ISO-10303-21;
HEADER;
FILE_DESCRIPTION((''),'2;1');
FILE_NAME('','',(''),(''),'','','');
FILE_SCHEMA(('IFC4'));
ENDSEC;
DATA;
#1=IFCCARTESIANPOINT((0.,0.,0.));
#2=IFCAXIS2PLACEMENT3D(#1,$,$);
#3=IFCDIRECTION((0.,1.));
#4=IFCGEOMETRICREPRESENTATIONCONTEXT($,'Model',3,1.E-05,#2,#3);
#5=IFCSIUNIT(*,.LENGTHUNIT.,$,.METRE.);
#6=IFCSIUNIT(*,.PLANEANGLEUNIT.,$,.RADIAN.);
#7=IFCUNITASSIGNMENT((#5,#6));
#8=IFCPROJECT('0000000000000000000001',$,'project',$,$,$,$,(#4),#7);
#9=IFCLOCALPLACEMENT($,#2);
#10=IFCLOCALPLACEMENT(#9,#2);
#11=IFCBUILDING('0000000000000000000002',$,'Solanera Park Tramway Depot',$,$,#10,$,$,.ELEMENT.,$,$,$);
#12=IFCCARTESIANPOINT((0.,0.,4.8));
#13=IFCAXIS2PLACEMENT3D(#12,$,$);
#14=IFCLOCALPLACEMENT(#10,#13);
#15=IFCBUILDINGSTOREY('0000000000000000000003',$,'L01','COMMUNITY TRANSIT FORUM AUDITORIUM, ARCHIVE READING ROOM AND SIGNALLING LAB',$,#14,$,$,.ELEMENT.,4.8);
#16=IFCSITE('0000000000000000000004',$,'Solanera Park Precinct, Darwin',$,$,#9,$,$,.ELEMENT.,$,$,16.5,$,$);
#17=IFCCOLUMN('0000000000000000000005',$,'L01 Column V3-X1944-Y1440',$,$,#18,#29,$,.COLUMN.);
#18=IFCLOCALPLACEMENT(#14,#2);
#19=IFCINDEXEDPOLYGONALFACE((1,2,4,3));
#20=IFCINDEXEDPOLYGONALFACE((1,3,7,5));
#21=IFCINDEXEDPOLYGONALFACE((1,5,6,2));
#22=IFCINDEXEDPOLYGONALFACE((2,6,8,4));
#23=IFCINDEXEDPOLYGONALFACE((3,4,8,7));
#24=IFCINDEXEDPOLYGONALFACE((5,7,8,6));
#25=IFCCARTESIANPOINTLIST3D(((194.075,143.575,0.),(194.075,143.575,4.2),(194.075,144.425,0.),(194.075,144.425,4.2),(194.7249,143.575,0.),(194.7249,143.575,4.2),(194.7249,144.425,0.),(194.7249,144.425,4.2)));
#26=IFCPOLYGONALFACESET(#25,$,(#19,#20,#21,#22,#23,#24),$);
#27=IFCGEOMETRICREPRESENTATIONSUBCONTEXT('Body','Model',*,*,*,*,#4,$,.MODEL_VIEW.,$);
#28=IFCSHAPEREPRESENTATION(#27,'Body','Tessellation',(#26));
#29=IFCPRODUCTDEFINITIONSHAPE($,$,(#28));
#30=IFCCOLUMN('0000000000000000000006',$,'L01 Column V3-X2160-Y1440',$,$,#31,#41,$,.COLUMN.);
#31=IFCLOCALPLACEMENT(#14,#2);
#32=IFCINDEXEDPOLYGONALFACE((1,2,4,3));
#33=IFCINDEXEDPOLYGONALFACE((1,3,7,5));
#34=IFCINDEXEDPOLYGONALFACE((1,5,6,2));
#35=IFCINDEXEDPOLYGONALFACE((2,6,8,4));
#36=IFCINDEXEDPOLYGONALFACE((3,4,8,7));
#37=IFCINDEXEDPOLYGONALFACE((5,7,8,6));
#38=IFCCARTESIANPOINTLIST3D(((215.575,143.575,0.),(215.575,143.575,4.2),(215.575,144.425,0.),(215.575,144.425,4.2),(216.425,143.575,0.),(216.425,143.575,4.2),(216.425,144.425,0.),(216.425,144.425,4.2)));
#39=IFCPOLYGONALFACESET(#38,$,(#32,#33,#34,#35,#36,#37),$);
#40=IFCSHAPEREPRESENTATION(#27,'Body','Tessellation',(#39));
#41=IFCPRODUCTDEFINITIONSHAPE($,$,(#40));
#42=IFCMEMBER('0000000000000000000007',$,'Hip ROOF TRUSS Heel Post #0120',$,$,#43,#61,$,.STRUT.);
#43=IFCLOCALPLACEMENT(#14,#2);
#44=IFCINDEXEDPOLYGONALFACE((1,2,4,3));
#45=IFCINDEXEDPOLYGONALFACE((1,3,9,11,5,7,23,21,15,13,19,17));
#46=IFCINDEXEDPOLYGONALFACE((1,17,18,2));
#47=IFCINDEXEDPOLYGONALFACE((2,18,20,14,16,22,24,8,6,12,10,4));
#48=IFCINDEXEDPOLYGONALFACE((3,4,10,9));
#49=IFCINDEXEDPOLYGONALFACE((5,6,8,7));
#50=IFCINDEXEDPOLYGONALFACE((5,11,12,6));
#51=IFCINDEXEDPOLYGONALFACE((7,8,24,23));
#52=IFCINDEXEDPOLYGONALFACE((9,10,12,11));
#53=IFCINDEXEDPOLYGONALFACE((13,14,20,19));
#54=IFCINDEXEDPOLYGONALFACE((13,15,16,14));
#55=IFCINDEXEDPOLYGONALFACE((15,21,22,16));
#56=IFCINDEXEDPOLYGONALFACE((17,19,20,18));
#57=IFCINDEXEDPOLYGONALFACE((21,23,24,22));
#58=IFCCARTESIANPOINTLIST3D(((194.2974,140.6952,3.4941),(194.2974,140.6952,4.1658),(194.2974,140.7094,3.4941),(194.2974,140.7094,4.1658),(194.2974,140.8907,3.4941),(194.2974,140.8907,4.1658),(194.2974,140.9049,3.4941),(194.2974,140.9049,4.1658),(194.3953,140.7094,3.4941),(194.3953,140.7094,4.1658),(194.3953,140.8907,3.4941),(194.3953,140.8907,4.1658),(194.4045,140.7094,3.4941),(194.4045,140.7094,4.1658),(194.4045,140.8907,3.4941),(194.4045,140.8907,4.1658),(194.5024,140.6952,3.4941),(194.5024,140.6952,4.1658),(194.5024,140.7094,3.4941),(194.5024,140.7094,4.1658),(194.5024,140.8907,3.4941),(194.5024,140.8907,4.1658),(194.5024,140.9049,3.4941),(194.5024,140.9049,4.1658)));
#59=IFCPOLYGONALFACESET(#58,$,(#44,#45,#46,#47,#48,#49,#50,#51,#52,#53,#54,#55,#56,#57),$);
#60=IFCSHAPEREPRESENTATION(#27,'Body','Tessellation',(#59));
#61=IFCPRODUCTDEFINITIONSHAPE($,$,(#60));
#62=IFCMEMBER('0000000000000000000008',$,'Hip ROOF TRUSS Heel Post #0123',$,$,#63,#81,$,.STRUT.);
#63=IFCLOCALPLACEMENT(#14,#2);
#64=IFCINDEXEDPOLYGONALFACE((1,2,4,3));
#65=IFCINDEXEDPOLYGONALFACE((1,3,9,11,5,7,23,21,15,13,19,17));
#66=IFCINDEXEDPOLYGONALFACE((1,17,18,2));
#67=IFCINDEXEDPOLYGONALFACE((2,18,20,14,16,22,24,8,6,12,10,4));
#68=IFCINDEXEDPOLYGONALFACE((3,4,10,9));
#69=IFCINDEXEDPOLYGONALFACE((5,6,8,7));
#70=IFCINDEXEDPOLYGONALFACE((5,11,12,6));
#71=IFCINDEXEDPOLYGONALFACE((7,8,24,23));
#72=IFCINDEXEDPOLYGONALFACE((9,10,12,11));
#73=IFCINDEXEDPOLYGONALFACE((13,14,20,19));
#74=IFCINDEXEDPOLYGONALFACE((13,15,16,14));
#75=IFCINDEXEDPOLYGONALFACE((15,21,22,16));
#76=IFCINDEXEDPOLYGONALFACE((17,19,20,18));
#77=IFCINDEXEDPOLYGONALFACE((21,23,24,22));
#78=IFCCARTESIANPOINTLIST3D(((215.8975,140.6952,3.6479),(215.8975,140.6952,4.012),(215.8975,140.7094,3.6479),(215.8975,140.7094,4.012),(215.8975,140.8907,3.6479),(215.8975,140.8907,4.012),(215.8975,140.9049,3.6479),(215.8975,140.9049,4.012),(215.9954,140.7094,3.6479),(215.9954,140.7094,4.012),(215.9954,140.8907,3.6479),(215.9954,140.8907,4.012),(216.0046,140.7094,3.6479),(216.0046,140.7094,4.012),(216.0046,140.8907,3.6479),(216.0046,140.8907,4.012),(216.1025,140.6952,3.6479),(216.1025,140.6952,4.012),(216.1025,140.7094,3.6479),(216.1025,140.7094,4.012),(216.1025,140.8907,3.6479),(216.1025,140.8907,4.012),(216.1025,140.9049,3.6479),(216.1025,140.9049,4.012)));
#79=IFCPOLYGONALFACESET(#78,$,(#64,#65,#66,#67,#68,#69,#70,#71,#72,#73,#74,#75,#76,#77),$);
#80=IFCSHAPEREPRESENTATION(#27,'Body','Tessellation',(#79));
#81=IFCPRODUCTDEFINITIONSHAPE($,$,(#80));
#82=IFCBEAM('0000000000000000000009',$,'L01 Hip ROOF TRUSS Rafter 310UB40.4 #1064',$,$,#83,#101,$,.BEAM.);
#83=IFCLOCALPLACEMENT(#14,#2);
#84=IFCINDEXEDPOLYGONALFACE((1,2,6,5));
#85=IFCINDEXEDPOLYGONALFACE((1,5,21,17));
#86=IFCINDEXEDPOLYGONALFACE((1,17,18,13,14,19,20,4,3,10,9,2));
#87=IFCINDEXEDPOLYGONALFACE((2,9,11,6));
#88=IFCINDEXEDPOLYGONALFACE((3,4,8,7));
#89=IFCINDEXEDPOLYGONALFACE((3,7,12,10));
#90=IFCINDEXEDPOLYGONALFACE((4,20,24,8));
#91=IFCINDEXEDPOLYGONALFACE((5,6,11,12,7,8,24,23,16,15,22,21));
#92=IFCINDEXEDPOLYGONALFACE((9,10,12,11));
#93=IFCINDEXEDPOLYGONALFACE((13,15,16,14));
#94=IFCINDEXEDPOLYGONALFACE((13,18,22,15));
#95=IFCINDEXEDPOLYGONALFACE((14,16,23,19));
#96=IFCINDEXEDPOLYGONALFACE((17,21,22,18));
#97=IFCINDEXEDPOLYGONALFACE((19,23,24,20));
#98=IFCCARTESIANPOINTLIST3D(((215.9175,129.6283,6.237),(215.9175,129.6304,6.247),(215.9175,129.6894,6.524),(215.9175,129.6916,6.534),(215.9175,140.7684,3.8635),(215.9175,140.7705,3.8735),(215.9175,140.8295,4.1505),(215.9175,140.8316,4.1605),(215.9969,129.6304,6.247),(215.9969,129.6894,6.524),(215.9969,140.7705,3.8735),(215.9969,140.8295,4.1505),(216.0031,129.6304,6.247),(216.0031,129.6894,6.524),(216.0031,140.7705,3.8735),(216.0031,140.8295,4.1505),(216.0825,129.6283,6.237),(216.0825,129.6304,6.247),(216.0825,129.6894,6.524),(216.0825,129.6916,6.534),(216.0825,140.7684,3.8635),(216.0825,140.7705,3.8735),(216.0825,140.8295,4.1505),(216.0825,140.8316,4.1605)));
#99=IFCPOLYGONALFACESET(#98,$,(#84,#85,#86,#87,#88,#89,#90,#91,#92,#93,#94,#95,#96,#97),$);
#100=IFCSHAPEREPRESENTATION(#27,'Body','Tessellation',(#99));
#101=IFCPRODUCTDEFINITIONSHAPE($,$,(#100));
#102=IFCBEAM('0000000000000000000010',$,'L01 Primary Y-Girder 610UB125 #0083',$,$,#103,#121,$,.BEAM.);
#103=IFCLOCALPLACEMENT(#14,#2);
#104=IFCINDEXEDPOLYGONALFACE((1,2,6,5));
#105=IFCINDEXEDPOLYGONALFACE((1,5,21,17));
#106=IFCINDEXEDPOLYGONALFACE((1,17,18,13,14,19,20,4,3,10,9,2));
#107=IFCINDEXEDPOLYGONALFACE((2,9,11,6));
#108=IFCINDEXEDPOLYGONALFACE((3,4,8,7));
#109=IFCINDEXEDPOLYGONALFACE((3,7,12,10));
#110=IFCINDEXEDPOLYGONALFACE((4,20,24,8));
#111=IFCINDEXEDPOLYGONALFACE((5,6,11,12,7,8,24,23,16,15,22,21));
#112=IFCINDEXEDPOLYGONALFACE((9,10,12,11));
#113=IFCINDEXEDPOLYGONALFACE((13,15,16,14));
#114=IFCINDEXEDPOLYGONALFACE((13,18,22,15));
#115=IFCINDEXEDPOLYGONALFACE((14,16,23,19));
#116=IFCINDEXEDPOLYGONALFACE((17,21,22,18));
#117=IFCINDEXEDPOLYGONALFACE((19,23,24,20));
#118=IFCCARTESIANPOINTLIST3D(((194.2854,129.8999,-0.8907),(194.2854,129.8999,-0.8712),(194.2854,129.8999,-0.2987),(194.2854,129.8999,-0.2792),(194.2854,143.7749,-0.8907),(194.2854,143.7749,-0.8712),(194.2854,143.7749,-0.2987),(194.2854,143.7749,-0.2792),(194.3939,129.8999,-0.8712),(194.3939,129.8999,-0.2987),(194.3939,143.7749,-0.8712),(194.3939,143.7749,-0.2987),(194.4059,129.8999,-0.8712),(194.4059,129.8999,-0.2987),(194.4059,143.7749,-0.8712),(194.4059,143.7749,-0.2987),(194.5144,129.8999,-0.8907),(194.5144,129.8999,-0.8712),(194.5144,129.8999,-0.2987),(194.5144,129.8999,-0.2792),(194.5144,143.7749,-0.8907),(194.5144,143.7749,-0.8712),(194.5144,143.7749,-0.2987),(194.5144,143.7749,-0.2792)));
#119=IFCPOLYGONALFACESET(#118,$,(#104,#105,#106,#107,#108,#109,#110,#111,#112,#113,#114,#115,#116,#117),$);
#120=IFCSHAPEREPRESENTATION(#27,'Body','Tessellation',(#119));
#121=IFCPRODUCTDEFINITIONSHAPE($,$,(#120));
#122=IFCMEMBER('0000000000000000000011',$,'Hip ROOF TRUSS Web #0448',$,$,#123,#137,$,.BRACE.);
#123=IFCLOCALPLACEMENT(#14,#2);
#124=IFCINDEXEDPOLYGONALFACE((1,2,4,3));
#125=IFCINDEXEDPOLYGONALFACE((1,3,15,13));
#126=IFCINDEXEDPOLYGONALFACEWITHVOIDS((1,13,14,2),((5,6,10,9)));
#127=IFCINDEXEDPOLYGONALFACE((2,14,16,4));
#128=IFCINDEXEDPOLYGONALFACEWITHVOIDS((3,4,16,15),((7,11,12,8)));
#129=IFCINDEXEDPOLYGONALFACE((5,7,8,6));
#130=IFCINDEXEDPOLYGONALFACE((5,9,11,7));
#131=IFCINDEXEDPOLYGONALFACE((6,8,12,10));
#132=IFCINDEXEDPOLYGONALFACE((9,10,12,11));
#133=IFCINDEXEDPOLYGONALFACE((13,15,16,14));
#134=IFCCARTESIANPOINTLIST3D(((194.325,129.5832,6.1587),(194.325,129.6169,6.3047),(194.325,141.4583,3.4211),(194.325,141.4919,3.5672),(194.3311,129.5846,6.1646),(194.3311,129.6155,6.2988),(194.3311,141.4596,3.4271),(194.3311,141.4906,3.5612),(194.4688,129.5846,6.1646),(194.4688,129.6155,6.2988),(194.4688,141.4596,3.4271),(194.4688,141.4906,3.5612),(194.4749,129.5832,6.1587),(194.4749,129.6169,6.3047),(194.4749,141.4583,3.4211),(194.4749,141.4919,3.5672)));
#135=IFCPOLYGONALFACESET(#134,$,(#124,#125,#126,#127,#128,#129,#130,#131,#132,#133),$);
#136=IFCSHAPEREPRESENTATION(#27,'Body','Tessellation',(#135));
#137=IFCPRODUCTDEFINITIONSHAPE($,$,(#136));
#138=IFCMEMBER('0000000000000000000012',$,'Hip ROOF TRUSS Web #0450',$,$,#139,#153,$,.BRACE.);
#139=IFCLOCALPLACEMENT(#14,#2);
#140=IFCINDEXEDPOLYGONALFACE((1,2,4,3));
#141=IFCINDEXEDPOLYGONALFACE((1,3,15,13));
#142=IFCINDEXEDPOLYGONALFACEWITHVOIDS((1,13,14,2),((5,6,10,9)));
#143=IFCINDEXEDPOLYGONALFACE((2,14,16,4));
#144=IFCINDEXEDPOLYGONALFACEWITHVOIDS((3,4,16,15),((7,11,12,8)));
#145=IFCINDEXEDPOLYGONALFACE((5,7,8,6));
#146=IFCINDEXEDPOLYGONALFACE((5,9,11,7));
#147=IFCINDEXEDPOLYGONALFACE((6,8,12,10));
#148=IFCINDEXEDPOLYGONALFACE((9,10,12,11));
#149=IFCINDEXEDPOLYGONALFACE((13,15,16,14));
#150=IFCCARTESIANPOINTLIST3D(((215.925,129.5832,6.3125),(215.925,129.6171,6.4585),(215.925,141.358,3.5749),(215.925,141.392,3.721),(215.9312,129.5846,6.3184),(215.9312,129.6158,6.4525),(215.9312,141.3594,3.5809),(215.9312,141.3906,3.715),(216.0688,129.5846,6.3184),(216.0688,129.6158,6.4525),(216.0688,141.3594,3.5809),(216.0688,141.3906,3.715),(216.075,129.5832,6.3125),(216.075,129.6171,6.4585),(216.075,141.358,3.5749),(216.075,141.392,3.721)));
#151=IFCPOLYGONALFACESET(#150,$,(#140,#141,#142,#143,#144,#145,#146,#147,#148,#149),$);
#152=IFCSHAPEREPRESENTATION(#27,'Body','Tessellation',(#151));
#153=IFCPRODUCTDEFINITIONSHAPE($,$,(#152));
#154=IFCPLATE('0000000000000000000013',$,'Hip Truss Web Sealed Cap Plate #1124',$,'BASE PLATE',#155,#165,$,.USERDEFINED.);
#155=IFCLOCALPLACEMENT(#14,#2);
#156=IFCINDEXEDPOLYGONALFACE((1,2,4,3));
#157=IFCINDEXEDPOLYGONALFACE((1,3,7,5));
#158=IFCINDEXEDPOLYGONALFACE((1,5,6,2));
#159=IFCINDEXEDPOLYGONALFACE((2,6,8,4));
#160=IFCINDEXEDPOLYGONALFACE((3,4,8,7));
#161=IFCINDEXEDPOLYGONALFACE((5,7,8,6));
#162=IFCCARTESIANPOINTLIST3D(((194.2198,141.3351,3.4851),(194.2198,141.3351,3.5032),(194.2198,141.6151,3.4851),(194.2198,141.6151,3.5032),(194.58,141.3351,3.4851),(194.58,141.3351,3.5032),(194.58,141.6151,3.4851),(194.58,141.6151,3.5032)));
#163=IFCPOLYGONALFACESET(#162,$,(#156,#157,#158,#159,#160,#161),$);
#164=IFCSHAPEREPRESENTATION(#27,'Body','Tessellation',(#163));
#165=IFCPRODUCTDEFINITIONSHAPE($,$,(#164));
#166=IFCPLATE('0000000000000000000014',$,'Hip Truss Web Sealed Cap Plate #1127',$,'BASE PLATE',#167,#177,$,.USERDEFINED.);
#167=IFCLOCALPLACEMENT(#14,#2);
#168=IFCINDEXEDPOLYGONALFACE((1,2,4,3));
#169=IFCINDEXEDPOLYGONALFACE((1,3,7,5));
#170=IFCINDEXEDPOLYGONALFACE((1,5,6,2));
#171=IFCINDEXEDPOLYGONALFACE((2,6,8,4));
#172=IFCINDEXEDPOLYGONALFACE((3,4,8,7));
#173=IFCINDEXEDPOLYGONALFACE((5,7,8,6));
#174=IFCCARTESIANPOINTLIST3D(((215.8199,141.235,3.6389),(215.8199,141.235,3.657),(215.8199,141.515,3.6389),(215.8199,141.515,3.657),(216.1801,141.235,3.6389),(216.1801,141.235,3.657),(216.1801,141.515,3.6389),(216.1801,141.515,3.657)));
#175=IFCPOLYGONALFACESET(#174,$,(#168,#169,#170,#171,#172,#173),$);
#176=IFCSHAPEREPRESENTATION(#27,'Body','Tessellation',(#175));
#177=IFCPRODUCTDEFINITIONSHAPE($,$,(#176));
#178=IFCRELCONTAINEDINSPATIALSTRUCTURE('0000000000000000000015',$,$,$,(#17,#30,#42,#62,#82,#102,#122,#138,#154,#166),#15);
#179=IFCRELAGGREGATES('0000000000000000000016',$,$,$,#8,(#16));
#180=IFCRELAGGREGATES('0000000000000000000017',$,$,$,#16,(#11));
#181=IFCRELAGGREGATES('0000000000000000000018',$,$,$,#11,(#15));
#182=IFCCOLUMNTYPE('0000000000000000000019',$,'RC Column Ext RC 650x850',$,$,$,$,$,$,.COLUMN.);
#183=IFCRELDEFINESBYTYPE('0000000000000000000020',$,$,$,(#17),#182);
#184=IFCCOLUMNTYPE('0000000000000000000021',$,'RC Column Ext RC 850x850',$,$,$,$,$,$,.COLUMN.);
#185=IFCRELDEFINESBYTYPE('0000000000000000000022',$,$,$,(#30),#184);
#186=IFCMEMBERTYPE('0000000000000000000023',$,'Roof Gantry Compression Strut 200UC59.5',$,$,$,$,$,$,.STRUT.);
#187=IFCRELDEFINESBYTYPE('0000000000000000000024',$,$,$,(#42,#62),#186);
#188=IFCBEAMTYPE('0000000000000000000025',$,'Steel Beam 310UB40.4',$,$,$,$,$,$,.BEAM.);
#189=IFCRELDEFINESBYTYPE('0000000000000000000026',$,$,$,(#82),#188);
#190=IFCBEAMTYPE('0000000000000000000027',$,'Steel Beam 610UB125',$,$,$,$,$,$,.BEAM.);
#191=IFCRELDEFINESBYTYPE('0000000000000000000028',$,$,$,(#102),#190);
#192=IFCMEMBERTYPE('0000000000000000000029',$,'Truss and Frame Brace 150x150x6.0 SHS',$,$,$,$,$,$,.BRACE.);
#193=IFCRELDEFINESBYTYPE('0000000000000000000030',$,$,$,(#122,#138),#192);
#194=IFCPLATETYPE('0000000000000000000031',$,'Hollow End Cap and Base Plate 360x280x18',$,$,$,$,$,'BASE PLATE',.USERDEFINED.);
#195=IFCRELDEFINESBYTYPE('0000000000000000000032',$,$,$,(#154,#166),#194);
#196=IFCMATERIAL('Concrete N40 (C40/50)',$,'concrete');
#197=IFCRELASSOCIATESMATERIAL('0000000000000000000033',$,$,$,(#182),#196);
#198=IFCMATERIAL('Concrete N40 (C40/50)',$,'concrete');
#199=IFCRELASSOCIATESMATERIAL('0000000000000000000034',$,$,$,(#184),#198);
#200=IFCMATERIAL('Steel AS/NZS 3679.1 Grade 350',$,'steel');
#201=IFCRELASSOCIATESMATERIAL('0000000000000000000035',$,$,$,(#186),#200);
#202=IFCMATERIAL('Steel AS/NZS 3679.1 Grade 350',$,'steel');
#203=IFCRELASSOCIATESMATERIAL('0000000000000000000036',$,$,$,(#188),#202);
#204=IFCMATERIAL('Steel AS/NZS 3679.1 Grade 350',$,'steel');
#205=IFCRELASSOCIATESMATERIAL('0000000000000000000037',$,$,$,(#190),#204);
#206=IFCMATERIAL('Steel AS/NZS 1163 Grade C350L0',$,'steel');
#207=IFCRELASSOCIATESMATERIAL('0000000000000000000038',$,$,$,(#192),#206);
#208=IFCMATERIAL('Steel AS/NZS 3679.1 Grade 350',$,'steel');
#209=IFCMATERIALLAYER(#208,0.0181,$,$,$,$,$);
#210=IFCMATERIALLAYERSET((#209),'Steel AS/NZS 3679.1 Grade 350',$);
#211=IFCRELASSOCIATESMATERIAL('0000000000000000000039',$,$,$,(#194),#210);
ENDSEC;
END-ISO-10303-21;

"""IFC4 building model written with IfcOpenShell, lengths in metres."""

from ifc_helpers import new_model, si_unit, direction, frame, origin, origin_2d, place, context, subcontext, project, spatial, rectangle, hollow_rectangle, i_section, extrude, material, layer, layer_set, material_profile, profile_set, type_object, element, save


model = new_model("IFC4")

# Units and contexts
model_context = context("Model", 3, precision=1e-05, world=origin(), true_north=direction((0.0, 1.0)))
body_context = subcontext(model_context, "Body", "Model", "MODEL_VIEW")
ifc_project = project(units=[si_unit("LENGTHUNIT", "METRE"), si_unit("PLANEANGLEUNIT", "RADIAN")], contexts=[model_context])

# Site, building, storey
site_placement = place(None, origin())
site = spatial("IfcSite", under=ifc_project, at=site_placement, Name="Solanera Park Precinct, Darwin", CompositionType="ELEMENT", RefElevation=16.5)
building_placement = place(site_placement, origin())
building = spatial("IfcBuilding", under=site, at=building_placement, Name="Solanera Park Tramway Depot", CompositionType="ELEMENT")
storey_placement = place(building_placement, frame((0.0, 0.0, 4.8)))
storey = spatial("IfcBuildingStorey", under=building, at=storey_placement, Name="L01", Description="COMMUNITY TRANSIT FORUM AUDITORIUM, ARCHIVE READING ROOM AND SIGNALLING LAB", CompositionType="ELEMENT", Elevation=4.8)

# Columns
ifc_material_1 = material(Name="Concrete N40 (C40/50)", Category="concrete")
ifc_material_profile_1 = material_profile(ifc_material_1, rectangle(XDim=0.6499, YDim=0.8501, at=origin_2d()), Name="RC 650x850")
ifc_profile_set_1 = profile_set([ifc_material_profile_1], Name="Concrete N40 (C40/50)")
column_type_1 = type_object("IfcColumnType", Name="RC Column Ext RC 650x850", PredefinedType="COLUMN", material=ifc_profile_set_1)
column_1_placement = place(storey_placement, frame((194.3999, 144.0, 0.0), z_axis=(0.0, 0.0, 1.0), x_axis=(1.0, 0.0, 0.0)))
element("IfcColumn", 1, at=column_1_placement, inside=storey, type_object=column_type_1, Name="L01 Column V3-X1944-Y1440", PredefinedType="COLUMN", context=body_context, shape_type="SweptSolid", body=[
    extrude(rectangle(XDim=0.6499, YDim=0.8501, at=origin_2d()), origin(), (0.0, 0.0, 1.0), 4.2),
])
ifc_material_2 = material(Name="Concrete N40 (C40/50)", Category="concrete")
ifc_material_profile_2 = material_profile(ifc_material_2, rectangle(XDim=0.8501, YDim=0.8501, at=origin_2d()), Name="RC 850x850")
ifc_profile_set_2 = profile_set([ifc_material_profile_2], Name="Concrete N40 (C40/50)")
column_type_2 = type_object("IfcColumnType", Name="RC Column Ext RC 850x850", PredefinedType="COLUMN", material=ifc_profile_set_2)
column_2_placement = place(storey_placement, frame((216.0, 144.0, 0.0), z_axis=(0.0, 0.0, 1.0), x_axis=(1.0, 0.0, 0.0)))
element("IfcColumn", 2, at=column_2_placement, inside=storey, type_object=column_type_2, Name="L01 Column V3-X2160-Y1440", PredefinedType="COLUMN", context=body_context, shape_type="SweptSolid", body=[
    extrude(rectangle(XDim=0.8501, YDim=0.8501, at=origin_2d()), origin(), (0.0, 0.0, 1.0), 4.2),
])

# Members
ifc_material_3 = material(Name="Steel AS/NZS 3679.1 Grade 350", Category="steel")
ifc_material_profile_3 = material_profile(ifc_material_3, i_section(OverallWidth=0.2051, OverallDepth=0.2097, WebThickness=0.0093, FlangeThickness=0.0142, at=origin_2d()), Name="200UC59.5")
ifc_profile_set_3 = profile_set([ifc_material_profile_3], Name="Steel AS/NZS 3679.1 Grade 350")
member_type_1 = type_object("IfcMemberType", Name="Roof Gantry Compression Strut 200UC59.5", PredefinedType="STRUT", material=ifc_profile_set_3)
member_1_placement = place(storey_placement, frame((194.3999, 140.8, 3.4941), z_axis=(0.0, 0.0, 1.0), x_axis=(1.0, 0.0, 0.0)))
element("IfcMember", 3, at=member_1_placement, inside=storey, type_object=member_type_1, Name="Hip ROOF TRUSS Heel Post #0120", PredefinedType="STRUT", context=body_context, shape_type="SweptSolid", body=[
    extrude(i_section(OverallWidth=0.2051, OverallDepth=0.2097, WebThickness=0.0093, FlangeThickness=0.0142, at=origin_2d()), origin(), (0.0, 0.0, 1.0), 0.6716),
])
member_2_placement = place(storey_placement, frame((216.0, 140.8, 3.6479), z_axis=(0.0, 0.0, 1.0), x_axis=(1.0, 0.0, 0.0)))
element("IfcMember", 4, at=member_2_placement, inside=storey, type_object=member_type_1, Name="Hip ROOF TRUSS Heel Post #0123", PredefinedType="STRUT", context=body_context, shape_type="SweptSolid", body=[
    extrude(i_section(OverallWidth=0.2051, OverallDepth=0.2097, WebThickness=0.0093, FlangeThickness=0.0142, at=origin_2d()), origin(), (0.0, 0.0, 1.0), 0.364),
])

# Beams
ifc_material_4 = material(Name="Steel AS/NZS 3679.1 Grade 350", Category="steel")
ifc_material_profile_4 = material_profile(ifc_material_4, i_section(OverallWidth=0.165, OverallDepth=0.3037, WebThickness=0.0061, FlangeThickness=0.0103, at=origin_2d()), Name="310UB40.4")
ifc_profile_set_4 = profile_set([ifc_material_profile_4], Name="Steel AS/NZS 3679.1 Grade 350")
beam_type_1 = type_object("IfcBeamType", Name="Steel Beam 310UB40.4", PredefinedType="BEAM", material=ifc_profile_set_4)
beam_1_placement = place(storey_placement, frame((216.0, 129.6599, 6.3855), z_axis=(0.0, 0.978047, -0.208384), x_axis=(-1.0, 0.0, 0.0)))
element("IfcBeam", 5, at=beam_1_placement, inside=storey, type_object=beam_type_1, Name="L01 Hip ROOF TRUSS Rafter 310UB40.4 #1064", PredefinedType="BEAM", context=body_context, shape_type="SweptSolid", body=[
    extrude(i_section(OverallWidth=0.165, OverallDepth=0.3037, WebThickness=0.0061, FlangeThickness=0.0103, at=origin_2d()), origin(), (0.0, 0.0, 1.0), 11.3901),
])
ifc_material_5 = material(Name="Steel AS/NZS 3679.1 Grade 350", Category="steel")
ifc_material_profile_5 = material_profile(ifc_material_5, i_section(OverallWidth=0.229, OverallDepth=0.6116, WebThickness=0.012, FlangeThickness=0.0195, at=origin_2d()), Name="610UB125")
ifc_profile_set_5 = profile_set([ifc_material_profile_5], Name="Steel AS/NZS 3679.1 Grade 350")
beam_type_2 = type_object("IfcBeamType", Name="Steel Beam 610UB125", PredefinedType="BEAM", material=ifc_profile_set_5)
beam_2_placement = place(storey_placement, frame((194.3999, 129.8999, -0.585), z_axis=(0.0, 1.0, 0.0), x_axis=(-1.0, 0.0, 0.0)))
element("IfcBeam", 6, at=beam_2_placement, inside=storey, type_object=beam_type_2, Name="L01 Primary Y-Girder 610UB125 #0083", PredefinedType="BEAM", context=body_context, shape_type="SweptSolid", body=[
    extrude(i_section(OverallWidth=0.229, OverallDepth=0.6116, WebThickness=0.012, FlangeThickness=0.0195, at=origin_2d()), origin(), (0.0, 0.0, 1.0), 13.875),
])

# Members
ifc_material_6 = material(Name="Steel AS/NZS 1163 Grade C350L0", Category="steel")
ifc_material_profile_6 = material_profile(ifc_material_6, hollow_rectangle(XDim=0.1499, YDim=0.1499, WallThickness=0.0061, at=origin_2d()), Name="150x150x6.0 SHS")
ifc_profile_set_6 = profile_set([ifc_material_profile_6], Name="Steel AS/NZS 1163 Grade C350L0")
member_type_2 = type_object("IfcMemberType", Name="Truss and Frame Brace 150x150x6.0 SHS", PredefinedType="BRACE", material=ifc_profile_set_6)
member_3_placement = place(storey_placement, frame((194.3999, 141.4751, 3.4941), z_axis=(0.0, -0.974442, 0.224639), x_axis=(1.0, 0.0, 0.0)))
element("IfcMember", 7, at=member_3_placement, inside=storey, type_object=member_type_2, Name="Hip ROOF TRUSS Web #0448", PredefinedType="BRACE", context=body_context, shape_type="SweptSolid", body=[
    extrude(hollow_rectangle(XDim=0.1499, YDim=0.1499, WallThickness=0.0061, at=origin_2d()), origin(), (0.0, 0.0, 1.0), 12.1865),
])
member_4_placement = place(storey_placement, frame((216.0, 141.375, 3.6479), z_axis=(0.0, -0.974023, 0.226451), x_axis=(1.0, 0.0, 0.0)))
element("IfcMember", 8, at=member_4_placement, inside=storey, type_object=member_type_2, Name="Hip ROOF TRUSS Web #0450", PredefinedType="BRACE", context=body_context, shape_type="SweptSolid", body=[
    extrude(hollow_rectangle(XDim=0.1499, YDim=0.1499, WallThickness=0.0061, at=origin_2d()), origin(), (0.0, 0.0, 1.0), 12.0889),
])

# Plates
ifc_material_7 = material(Name="Steel AS/NZS 3679.1 Grade 350", Category="steel")
ifc_layer_1 = layer(ifc_material_7, 0.0181)
ifc_layer_set_1 = layer_set([ifc_layer_1], Name="Steel AS/NZS 3679.1 Grade 350")
plate_type = type_object("IfcPlateType", Name="Hollow End Cap and Base Plate 360x280x18", ElementType="BASE PLATE", PredefinedType="USERDEFINED", material=ifc_layer_set_1)
for number, where, z_axis, x_axis, name in (
    (9, (194.3999, 141.4751, 3.4851), (0.0, 0.0, 1.0), (1.0, 0.0, 0.0), "Hip Truss Web Sealed Cap Plate #1124"),
    (10, (216.0, 141.375, 3.6389), (0.0, 0.0, 1.0), (1.0, 0.0, 0.0), "Hip Truss Web Sealed Cap Plate #1127"),
):
    element("IfcPlate", number, at=place(storey_placement, frame(where, z_axis=z_axis, x_axis=x_axis)), inside=storey, type_object=plate_type, Name=name, ObjectType="BASE PLATE", PredefinedType="USERDEFINED", context=body_context, shape_type="SweptSolid", body=[
        extrude(rectangle(XDim=0.3601, YDim=0.28, at=origin_2d()), origin(), (0.0, 0.0, 1.0), 0.0181),
    ])

save(model, "model.ifc")
